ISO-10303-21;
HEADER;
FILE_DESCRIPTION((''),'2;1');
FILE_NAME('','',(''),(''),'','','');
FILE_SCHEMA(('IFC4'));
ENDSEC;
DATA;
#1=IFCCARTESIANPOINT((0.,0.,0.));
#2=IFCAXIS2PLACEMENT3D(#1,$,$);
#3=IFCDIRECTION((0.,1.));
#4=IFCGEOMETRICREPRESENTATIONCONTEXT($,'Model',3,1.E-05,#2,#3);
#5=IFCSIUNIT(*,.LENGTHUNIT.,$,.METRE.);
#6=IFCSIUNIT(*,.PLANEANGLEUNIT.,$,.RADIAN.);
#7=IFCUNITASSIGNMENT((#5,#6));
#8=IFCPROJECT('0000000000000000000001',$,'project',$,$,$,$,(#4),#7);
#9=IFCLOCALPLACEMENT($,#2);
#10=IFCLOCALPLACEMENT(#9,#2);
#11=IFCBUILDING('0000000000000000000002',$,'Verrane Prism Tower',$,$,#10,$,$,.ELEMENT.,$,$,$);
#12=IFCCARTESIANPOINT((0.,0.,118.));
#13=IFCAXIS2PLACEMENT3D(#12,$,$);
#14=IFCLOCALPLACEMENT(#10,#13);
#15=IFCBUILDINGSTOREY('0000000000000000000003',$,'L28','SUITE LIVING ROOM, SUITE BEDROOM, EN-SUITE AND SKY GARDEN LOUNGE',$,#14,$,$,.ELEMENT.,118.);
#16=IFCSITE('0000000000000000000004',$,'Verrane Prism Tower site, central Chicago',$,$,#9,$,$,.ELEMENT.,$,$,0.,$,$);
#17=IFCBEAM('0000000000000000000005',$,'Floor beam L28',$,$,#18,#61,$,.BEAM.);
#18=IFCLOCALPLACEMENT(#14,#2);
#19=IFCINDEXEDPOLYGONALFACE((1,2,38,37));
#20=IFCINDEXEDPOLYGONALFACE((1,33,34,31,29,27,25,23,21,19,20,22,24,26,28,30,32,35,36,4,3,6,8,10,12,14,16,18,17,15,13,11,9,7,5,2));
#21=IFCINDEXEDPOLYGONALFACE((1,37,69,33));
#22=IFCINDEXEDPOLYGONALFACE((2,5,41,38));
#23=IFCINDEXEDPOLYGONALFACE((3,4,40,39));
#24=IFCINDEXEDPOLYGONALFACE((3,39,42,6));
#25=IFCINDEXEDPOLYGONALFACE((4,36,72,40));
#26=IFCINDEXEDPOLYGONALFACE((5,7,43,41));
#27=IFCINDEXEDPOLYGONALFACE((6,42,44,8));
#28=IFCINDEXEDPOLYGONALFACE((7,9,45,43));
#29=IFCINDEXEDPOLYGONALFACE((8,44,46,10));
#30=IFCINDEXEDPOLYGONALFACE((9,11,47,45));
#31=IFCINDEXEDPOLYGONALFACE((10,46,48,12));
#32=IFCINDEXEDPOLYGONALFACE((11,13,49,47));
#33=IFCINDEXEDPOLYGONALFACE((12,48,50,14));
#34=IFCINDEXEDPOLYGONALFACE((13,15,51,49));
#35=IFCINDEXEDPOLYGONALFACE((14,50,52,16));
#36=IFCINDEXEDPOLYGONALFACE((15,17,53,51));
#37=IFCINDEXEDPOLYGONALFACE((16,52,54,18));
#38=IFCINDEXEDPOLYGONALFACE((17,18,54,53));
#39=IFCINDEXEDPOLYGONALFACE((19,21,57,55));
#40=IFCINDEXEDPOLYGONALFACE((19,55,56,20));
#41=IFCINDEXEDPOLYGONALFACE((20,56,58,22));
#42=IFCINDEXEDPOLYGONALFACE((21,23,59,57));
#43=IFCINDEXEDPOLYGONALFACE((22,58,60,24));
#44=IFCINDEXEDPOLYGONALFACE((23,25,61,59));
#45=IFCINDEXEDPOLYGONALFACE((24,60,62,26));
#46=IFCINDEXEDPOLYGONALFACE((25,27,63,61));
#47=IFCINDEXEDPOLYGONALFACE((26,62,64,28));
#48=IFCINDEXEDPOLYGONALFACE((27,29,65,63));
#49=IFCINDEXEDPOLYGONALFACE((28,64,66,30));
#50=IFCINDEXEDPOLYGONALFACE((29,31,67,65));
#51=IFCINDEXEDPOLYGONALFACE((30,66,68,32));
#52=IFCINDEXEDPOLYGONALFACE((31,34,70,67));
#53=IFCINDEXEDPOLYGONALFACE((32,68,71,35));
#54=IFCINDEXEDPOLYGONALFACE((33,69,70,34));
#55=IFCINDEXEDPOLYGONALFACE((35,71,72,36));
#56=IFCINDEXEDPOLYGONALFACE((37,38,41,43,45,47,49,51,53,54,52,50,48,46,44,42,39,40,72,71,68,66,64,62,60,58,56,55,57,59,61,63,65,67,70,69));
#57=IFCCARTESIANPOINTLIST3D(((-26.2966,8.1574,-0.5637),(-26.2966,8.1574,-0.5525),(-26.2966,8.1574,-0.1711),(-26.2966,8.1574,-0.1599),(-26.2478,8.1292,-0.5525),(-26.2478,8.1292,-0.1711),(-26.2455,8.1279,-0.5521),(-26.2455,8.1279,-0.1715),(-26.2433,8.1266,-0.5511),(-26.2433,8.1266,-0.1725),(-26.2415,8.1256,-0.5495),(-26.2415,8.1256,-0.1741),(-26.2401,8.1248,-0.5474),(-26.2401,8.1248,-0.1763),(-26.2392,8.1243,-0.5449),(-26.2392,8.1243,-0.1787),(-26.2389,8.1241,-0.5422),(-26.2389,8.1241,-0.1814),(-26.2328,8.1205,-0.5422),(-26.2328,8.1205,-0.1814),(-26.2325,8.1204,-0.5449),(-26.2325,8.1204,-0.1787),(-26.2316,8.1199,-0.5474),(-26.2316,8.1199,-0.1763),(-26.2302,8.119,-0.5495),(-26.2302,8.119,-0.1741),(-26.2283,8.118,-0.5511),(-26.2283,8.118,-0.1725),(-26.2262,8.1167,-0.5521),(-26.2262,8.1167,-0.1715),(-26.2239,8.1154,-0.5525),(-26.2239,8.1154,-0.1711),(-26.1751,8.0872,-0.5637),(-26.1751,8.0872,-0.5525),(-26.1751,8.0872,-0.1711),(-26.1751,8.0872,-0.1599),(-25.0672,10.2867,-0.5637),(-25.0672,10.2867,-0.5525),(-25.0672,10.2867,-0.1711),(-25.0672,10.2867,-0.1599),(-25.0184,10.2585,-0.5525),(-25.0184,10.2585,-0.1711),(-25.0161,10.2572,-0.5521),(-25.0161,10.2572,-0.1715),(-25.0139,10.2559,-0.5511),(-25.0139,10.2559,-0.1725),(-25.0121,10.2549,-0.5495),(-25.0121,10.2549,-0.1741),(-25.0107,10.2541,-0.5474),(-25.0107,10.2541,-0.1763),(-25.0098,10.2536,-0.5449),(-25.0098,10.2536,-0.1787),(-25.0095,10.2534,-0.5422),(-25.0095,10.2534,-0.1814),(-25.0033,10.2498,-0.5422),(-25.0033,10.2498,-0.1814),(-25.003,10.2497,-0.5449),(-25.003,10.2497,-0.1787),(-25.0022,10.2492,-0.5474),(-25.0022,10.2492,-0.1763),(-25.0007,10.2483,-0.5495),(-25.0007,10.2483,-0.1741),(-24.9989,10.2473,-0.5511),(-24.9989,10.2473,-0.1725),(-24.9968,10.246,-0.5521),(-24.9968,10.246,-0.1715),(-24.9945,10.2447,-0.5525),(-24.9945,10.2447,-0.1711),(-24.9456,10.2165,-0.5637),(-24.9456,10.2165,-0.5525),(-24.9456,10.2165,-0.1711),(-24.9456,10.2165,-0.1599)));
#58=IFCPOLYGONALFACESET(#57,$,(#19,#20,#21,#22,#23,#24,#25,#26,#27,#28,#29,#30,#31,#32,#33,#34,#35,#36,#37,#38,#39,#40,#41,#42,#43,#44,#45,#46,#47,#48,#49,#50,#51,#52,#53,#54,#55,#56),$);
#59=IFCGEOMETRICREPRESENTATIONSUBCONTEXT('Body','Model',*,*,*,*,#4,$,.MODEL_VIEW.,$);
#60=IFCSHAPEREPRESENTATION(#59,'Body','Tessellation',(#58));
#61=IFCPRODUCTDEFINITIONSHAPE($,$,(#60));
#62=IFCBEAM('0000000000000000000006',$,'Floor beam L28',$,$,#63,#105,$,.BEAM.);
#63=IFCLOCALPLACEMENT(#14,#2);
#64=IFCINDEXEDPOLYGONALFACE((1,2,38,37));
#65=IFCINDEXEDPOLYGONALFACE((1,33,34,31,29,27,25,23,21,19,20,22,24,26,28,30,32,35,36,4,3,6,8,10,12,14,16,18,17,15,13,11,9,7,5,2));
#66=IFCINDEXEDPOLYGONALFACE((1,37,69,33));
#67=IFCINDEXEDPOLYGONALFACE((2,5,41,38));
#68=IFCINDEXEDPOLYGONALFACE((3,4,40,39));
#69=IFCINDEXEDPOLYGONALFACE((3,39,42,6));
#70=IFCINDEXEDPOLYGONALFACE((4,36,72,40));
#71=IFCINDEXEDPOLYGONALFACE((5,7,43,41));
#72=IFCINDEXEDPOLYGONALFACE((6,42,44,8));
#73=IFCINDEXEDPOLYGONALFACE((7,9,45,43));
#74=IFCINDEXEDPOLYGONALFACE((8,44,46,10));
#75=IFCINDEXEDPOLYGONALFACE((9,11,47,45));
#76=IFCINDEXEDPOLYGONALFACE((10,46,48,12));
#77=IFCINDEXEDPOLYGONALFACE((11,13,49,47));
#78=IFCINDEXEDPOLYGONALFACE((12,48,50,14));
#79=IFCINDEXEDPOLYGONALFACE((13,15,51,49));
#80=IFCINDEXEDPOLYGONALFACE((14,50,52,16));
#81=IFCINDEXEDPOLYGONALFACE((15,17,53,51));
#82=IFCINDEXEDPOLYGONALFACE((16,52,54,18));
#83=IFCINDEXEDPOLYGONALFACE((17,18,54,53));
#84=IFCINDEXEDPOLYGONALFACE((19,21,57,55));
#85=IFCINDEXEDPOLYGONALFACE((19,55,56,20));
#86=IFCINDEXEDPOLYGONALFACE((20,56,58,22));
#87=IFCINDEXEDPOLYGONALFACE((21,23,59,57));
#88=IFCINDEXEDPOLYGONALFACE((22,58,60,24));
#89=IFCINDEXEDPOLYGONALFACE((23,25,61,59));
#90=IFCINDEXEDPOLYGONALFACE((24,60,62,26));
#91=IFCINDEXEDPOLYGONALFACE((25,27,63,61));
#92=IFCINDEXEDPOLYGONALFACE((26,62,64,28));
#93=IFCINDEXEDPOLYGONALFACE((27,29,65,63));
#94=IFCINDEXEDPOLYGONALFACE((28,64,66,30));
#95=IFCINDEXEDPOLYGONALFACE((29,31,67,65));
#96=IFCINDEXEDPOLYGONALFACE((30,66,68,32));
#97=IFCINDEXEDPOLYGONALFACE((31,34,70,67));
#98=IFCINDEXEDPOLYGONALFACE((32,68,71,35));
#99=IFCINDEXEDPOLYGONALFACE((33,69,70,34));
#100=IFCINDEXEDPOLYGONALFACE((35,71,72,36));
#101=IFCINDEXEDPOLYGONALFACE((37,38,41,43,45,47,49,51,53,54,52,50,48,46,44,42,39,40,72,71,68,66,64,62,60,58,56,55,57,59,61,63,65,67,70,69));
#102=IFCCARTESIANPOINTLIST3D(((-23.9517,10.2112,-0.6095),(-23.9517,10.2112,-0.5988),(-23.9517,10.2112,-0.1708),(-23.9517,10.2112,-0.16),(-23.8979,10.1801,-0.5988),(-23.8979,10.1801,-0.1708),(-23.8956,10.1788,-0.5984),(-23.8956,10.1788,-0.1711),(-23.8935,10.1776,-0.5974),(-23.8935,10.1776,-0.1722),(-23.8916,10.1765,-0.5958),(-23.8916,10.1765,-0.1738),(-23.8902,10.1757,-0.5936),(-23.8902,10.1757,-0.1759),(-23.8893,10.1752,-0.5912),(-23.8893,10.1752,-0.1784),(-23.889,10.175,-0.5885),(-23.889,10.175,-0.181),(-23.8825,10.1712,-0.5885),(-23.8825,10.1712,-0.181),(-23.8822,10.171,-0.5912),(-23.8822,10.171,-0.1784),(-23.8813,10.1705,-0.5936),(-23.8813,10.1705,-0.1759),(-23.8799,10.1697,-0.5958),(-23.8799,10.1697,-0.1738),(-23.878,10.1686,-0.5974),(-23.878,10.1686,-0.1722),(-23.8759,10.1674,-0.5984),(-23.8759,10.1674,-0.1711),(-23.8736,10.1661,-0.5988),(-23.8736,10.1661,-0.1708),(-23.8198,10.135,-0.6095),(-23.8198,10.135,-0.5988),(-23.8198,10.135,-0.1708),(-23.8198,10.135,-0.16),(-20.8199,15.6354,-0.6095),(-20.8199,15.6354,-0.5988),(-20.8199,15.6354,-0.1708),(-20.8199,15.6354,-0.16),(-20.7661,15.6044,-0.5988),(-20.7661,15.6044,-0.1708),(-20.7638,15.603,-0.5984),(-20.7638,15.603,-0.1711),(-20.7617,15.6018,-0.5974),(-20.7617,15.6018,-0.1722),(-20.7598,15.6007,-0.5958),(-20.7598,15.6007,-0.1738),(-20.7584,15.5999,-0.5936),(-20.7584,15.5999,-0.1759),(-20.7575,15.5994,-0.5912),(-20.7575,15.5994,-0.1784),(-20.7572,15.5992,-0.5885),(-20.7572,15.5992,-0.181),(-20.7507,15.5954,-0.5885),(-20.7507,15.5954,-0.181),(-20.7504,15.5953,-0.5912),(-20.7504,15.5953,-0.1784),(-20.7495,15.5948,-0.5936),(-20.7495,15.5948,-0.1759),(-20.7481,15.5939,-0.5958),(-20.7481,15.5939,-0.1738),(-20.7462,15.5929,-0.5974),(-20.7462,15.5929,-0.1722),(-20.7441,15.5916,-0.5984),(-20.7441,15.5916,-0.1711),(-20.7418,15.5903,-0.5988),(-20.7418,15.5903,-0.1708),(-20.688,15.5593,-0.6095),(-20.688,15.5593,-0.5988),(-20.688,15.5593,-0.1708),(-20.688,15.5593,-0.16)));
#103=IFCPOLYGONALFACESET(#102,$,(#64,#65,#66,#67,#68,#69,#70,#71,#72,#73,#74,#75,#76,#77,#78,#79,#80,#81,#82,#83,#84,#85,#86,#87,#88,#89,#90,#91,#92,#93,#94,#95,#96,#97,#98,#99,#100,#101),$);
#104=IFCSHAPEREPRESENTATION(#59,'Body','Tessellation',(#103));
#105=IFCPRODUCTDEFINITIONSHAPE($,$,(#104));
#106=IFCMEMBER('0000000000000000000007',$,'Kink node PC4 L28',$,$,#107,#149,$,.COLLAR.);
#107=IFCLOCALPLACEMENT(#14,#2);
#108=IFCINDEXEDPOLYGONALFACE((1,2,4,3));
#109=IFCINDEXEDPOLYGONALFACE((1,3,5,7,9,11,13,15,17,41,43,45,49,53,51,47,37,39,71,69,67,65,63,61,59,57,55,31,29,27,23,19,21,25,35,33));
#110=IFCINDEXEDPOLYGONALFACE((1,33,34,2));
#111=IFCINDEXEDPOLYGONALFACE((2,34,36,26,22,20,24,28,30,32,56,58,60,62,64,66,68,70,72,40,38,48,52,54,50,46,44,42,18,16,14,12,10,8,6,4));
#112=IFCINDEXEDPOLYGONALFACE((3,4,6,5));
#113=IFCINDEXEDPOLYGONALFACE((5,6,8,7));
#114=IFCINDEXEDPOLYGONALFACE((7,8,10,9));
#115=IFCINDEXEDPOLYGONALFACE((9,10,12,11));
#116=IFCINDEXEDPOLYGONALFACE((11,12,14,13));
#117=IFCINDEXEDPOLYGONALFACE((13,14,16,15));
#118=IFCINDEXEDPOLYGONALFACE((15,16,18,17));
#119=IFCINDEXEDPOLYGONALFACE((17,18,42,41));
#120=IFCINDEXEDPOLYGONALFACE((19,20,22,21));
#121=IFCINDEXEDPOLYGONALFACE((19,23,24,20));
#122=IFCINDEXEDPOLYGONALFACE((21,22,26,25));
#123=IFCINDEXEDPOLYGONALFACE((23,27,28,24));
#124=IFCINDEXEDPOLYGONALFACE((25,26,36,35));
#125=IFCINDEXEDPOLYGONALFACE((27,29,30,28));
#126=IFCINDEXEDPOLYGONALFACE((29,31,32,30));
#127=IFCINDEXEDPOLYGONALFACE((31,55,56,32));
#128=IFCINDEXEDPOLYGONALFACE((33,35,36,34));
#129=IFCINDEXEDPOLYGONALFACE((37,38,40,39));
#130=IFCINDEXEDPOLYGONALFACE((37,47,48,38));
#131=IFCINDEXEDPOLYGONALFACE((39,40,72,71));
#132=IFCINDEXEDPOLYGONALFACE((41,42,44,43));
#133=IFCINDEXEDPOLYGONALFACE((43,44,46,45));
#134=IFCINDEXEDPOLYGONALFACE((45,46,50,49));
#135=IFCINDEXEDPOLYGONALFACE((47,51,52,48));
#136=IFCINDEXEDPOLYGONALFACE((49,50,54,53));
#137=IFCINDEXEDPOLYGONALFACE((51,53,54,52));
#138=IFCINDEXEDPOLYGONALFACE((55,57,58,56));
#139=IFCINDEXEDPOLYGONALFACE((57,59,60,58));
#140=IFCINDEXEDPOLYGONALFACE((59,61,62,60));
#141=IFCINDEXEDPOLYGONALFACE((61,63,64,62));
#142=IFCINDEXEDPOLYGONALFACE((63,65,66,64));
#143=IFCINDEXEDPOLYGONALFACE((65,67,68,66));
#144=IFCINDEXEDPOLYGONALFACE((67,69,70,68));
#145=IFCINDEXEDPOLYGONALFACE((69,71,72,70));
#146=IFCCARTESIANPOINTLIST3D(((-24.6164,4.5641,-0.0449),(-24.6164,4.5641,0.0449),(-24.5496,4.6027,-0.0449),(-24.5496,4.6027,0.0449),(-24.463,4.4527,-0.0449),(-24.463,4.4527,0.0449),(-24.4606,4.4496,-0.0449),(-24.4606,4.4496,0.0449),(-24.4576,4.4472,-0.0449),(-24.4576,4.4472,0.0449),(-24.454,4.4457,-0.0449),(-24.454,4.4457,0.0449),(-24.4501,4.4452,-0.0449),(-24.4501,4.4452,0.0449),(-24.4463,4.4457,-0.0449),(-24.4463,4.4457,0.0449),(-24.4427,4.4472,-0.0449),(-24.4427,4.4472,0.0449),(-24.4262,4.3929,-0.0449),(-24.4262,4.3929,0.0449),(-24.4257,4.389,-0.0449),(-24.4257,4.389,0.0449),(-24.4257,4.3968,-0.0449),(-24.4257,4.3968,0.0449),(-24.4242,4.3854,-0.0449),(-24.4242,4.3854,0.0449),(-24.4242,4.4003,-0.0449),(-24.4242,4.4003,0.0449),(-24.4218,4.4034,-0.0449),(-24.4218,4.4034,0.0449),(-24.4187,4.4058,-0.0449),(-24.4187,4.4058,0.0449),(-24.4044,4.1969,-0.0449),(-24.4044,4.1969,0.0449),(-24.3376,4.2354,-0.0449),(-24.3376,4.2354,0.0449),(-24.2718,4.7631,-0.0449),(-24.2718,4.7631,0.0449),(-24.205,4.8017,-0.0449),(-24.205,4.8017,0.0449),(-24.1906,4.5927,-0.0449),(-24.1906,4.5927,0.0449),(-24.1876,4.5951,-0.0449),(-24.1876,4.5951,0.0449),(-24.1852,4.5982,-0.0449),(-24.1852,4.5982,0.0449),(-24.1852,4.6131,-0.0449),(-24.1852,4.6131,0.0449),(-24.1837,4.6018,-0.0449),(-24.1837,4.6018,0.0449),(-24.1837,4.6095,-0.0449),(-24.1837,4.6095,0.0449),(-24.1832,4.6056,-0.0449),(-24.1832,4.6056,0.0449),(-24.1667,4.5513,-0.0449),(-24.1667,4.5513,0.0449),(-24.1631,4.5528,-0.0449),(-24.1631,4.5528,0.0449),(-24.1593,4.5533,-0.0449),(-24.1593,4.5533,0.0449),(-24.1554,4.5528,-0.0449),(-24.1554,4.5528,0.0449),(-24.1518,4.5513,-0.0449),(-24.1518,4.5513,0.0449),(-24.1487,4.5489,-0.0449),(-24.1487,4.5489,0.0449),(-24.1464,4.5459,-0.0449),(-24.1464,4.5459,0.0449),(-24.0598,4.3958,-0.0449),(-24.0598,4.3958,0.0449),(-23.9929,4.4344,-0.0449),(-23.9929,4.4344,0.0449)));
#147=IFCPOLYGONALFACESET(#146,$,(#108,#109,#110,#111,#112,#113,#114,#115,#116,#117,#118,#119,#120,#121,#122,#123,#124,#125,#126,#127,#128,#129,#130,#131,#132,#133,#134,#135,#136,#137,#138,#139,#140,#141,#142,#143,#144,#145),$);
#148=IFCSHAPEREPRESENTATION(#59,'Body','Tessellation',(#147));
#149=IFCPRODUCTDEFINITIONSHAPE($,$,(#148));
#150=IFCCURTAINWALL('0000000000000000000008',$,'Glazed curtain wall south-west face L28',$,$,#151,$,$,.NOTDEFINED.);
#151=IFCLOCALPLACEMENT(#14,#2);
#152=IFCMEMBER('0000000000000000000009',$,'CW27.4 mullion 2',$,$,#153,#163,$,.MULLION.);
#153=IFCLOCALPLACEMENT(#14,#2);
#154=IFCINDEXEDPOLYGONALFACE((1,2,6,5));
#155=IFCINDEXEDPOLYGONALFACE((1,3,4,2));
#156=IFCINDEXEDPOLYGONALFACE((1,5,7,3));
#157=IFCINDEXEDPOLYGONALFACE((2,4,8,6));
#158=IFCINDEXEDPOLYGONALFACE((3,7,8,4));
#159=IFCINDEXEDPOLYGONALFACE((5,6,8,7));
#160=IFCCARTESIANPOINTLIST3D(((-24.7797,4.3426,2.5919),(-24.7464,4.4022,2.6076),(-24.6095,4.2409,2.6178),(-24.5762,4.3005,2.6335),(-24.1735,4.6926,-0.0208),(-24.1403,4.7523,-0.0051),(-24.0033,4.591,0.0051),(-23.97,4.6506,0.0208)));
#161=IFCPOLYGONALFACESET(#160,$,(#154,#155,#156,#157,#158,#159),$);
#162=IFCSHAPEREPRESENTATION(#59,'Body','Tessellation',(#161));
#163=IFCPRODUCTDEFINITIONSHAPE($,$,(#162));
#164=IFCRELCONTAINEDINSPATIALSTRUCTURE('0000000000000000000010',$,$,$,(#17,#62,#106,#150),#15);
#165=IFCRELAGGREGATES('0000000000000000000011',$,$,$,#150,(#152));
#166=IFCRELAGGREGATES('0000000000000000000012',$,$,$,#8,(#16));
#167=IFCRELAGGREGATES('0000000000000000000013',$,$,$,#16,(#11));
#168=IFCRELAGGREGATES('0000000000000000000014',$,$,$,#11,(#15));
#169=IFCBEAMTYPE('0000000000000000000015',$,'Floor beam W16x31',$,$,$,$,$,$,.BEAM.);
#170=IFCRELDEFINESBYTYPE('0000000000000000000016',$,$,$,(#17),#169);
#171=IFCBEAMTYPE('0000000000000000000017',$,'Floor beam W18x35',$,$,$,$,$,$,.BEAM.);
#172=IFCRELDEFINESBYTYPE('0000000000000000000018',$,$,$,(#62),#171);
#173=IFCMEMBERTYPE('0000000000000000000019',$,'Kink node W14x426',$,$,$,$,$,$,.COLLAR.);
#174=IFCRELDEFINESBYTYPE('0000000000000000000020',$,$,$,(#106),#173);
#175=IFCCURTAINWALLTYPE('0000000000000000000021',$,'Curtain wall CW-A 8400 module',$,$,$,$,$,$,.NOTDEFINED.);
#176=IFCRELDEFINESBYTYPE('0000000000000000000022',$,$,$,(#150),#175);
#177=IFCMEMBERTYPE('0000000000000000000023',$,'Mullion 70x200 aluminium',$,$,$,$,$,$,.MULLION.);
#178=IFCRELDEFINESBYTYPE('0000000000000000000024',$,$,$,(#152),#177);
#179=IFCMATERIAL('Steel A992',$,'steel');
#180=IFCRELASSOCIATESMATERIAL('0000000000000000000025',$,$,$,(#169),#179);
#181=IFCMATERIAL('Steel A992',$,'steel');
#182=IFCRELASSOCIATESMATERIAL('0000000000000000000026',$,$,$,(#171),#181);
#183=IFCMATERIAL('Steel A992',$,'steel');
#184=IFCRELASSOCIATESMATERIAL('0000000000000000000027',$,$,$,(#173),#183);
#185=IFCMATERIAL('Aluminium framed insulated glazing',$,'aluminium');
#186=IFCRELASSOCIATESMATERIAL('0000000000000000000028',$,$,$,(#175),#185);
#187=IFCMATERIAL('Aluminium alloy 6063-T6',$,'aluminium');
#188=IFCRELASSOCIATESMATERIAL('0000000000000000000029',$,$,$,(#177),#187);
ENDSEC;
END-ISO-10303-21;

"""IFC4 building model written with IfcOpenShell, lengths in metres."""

from ifc_helpers import new_model, si_unit, direction, frame, origin, origin_2d, place, context, subcontext, project, spatial, rectangle, i_section, extrude, material, material_profile, profile_set, type_object, element, aggregate, save


model = new_model("IFC4")

# Units and contexts
model_context = context("Model", 3, precision=1e-05, world=origin(), true_north=direction((0.0, 1.0)))
body_context = subcontext(model_context, "Body", "Model", "MODEL_VIEW")
ifc_project = project(units=[si_unit("LENGTHUNIT", "METRE"), si_unit("PLANEANGLEUNIT", "RADIAN")], contexts=[model_context])

# Site, building, storey
site_placement = place(None, origin())
site = spatial("IfcSite", under=ifc_project, at=site_placement, Name="Verrane Prism Tower site, central Chicago", CompositionType="ELEMENT", RefElevation=0.0)
building_placement = place(site_placement, origin())
building = spatial("IfcBuilding", under=site, at=building_placement, Name="Verrane Prism Tower", CompositionType="ELEMENT")
storey_placement = place(building_placement, frame((0.0, 0.0, 118.0)))
storey = spatial("IfcBuildingStorey", under=building, at=storey_placement, Name="L28", Description="SUITE LIVING ROOM, SUITE BEDROOM, EN-SUITE AND SKY GARDEN LOUNGE", CompositionType="ELEMENT", Elevation=118.0)

# Beams
ifc_material_1 = material(Name="Steel A992", Category="steel")
ifc_material_profile_1 = material_profile(ifc_material_1, i_section(OverallWidth=0.1404, OverallDepth=0.4038, WebThickness=0.0071, FlangeThickness=0.0112, FilletRadius=0.0103, at=origin_2d()), Name="W16x31")
ifc_profile_set_1 = profile_set([ifc_material_profile_1], Name="Steel A992")
beam_type_1 = type_object("IfcBeamType", Name="Floor beam W16x31", PredefinedType="BEAM", material=ifc_profile_set_1)
beam_1_placement = place(storey_placement, frame((-26.2358, 8.1223, -0.3618), z_axis=(0.500026, 0.86601, 0.0), x_axis=(-0.86601, 0.500026, 0.0)))
element("IfcBeam", 1, at=beam_1_placement, inside=storey, type_object=beam_type_1, Name="Floor beam L28", PredefinedType="BEAM", context=body_context, shape_type="SweptSolid", body=[
    extrude(i_section(OverallWidth=0.1404, OverallDepth=0.4038, WebThickness=0.0071, FlangeThickness=0.0112, FilletRadius=0.0103, at=origin_2d()), origin(), (0.0, 0.0, 1.0), 2.4587),
])
ifc_material_2 = material(Name="Steel A992", Category="steel")
ifc_material_profile_2 = material_profile(ifc_material_2, i_section(OverallWidth=0.1523, OverallDepth=0.4495, WebThickness=0.0076, FlangeThickness=0.0107, FilletRadius=0.0103, at=origin_2d()), Name="W18x35")
ifc_profile_set_2 = profile_set([ifc_material_profile_2], Name="Steel A992")
beam_type_2 = type_object("IfcBeamType", Name="Floor beam W18x35", PredefinedType="BEAM", material=ifc_profile_set_2)
beam_2_placement = place(storey_placement, frame((-23.8857, 10.1731, -0.3848), z_axis=(0.500013, 0.866018, 0.0), x_axis=(-0.866018, 0.500013, 0.0)))
element("IfcBeam", 2, at=beam_2_placement, inside=storey, type_object=beam_type_2, Name="Floor beam L28", PredefinedType="BEAM", context=body_context, shape_type="SweptSolid", body=[
    extrude(i_section(OverallWidth=0.1523, OverallDepth=0.4495, WebThickness=0.0076, FlangeThickness=0.0107, FilletRadius=0.0103, at=origin_2d()), origin(), (0.0, 0.0, 1.0), 6.2634),
])

# Member
ifc_material_3 = material(Name="Steel A992", Category="steel")
ifc_material_profile_3 = material_profile(ifc_material_3, i_section(OverallWidth=0.4241, OverallDepth=0.4751, WebThickness=0.0479, FlangeThickness=0.0771, FilletRadius=0.0149, at=origin_2d()), Name="W14x426")
ifc_profile_set_3 = profile_set([ifc_material_profile_3], Name="Steel A992")
member_type_1 = type_object("IfcMemberType", Name="Kink node W14x426", PredefinedType="COLLAR", material=ifc_profile_set_3)
member_1_placement = place(storey_placement, frame((-24.3047, 4.4993, -0.0449), z_axis=(0.0, 0.0, 1.0), x_axis=(-0.5, 0.866025, 0.0)))
element("IfcMember", 3, at=member_1_placement, inside=storey, type_object=member_type_1, Name="Kink node PC4 L28", PredefinedType="COLLAR", context=body_context, shape_type="SweptSolid", body=[
    extrude(i_section(OverallWidth=0.4241, OverallDepth=0.4751, WebThickness=0.0479, FlangeThickness=0.0771, FilletRadius=0.0149, at=origin_2d()), origin(), (0.0, 0.0, 1.0), 0.0898),
])

# Curtain wall, member
ifc_material_4 = material(Name="Aluminium framed insulated glazing", Category="aluminium")
curtain_wall_type = type_object("IfcCurtainWallType", Name="Curtain wall CW-A 8400 module", PredefinedType="NOTDEFINED", material=ifc_material_4)
curtain_wall_placement = place(storey_placement, origin())
curtain_wall = element("IfcCurtainWall", 4, at=curtain_wall_placement, inside=storey, type_object=curtain_wall_type, Name="Glazed curtain wall south-west face L28", PredefinedType="NOTDEFINED")
ifc_material_5 = material(Name="Aluminium alloy 6063-T6", Category="aluminium")
ifc_material_profile_4 = material_profile(ifc_material_5, rectangle(XDim=0.2, YDim=0.0701, at=origin_2d()), Name="Mullion 70x200 aluminium")
ifc_profile_set_4 = profile_set([ifc_material_profile_4], Name="Aluminium alloy 6063-T6")
member_type_2 = type_object("IfcMemberType", Name="Mullion 70x200 aluminium", PredefinedType="MULLION", material=ifc_profile_set_4)
member_2_placement = place(storey_placement, frame((-24.0718, 4.6716, 0.0), z_axis=(-0.224108, -0.129429, 0.965931), x_axis=(0.85134, -0.508405, 0.129399)))
member_2 = element("IfcMember", 5, at=member_2_placement, type_object=member_type_2, Name="CW27.4 mullion 2", PredefinedType="MULLION", context=body_context, shape_type="SweptSolid", body=[
    extrude(rectangle(XDim=0.2, YDim=0.0701, at=origin_2d()), origin(), (0.0, 0.0, 1.0), 2.7048),
])

aggregate(curtain_wall, [member_2])

save(model, "model.ifc")
